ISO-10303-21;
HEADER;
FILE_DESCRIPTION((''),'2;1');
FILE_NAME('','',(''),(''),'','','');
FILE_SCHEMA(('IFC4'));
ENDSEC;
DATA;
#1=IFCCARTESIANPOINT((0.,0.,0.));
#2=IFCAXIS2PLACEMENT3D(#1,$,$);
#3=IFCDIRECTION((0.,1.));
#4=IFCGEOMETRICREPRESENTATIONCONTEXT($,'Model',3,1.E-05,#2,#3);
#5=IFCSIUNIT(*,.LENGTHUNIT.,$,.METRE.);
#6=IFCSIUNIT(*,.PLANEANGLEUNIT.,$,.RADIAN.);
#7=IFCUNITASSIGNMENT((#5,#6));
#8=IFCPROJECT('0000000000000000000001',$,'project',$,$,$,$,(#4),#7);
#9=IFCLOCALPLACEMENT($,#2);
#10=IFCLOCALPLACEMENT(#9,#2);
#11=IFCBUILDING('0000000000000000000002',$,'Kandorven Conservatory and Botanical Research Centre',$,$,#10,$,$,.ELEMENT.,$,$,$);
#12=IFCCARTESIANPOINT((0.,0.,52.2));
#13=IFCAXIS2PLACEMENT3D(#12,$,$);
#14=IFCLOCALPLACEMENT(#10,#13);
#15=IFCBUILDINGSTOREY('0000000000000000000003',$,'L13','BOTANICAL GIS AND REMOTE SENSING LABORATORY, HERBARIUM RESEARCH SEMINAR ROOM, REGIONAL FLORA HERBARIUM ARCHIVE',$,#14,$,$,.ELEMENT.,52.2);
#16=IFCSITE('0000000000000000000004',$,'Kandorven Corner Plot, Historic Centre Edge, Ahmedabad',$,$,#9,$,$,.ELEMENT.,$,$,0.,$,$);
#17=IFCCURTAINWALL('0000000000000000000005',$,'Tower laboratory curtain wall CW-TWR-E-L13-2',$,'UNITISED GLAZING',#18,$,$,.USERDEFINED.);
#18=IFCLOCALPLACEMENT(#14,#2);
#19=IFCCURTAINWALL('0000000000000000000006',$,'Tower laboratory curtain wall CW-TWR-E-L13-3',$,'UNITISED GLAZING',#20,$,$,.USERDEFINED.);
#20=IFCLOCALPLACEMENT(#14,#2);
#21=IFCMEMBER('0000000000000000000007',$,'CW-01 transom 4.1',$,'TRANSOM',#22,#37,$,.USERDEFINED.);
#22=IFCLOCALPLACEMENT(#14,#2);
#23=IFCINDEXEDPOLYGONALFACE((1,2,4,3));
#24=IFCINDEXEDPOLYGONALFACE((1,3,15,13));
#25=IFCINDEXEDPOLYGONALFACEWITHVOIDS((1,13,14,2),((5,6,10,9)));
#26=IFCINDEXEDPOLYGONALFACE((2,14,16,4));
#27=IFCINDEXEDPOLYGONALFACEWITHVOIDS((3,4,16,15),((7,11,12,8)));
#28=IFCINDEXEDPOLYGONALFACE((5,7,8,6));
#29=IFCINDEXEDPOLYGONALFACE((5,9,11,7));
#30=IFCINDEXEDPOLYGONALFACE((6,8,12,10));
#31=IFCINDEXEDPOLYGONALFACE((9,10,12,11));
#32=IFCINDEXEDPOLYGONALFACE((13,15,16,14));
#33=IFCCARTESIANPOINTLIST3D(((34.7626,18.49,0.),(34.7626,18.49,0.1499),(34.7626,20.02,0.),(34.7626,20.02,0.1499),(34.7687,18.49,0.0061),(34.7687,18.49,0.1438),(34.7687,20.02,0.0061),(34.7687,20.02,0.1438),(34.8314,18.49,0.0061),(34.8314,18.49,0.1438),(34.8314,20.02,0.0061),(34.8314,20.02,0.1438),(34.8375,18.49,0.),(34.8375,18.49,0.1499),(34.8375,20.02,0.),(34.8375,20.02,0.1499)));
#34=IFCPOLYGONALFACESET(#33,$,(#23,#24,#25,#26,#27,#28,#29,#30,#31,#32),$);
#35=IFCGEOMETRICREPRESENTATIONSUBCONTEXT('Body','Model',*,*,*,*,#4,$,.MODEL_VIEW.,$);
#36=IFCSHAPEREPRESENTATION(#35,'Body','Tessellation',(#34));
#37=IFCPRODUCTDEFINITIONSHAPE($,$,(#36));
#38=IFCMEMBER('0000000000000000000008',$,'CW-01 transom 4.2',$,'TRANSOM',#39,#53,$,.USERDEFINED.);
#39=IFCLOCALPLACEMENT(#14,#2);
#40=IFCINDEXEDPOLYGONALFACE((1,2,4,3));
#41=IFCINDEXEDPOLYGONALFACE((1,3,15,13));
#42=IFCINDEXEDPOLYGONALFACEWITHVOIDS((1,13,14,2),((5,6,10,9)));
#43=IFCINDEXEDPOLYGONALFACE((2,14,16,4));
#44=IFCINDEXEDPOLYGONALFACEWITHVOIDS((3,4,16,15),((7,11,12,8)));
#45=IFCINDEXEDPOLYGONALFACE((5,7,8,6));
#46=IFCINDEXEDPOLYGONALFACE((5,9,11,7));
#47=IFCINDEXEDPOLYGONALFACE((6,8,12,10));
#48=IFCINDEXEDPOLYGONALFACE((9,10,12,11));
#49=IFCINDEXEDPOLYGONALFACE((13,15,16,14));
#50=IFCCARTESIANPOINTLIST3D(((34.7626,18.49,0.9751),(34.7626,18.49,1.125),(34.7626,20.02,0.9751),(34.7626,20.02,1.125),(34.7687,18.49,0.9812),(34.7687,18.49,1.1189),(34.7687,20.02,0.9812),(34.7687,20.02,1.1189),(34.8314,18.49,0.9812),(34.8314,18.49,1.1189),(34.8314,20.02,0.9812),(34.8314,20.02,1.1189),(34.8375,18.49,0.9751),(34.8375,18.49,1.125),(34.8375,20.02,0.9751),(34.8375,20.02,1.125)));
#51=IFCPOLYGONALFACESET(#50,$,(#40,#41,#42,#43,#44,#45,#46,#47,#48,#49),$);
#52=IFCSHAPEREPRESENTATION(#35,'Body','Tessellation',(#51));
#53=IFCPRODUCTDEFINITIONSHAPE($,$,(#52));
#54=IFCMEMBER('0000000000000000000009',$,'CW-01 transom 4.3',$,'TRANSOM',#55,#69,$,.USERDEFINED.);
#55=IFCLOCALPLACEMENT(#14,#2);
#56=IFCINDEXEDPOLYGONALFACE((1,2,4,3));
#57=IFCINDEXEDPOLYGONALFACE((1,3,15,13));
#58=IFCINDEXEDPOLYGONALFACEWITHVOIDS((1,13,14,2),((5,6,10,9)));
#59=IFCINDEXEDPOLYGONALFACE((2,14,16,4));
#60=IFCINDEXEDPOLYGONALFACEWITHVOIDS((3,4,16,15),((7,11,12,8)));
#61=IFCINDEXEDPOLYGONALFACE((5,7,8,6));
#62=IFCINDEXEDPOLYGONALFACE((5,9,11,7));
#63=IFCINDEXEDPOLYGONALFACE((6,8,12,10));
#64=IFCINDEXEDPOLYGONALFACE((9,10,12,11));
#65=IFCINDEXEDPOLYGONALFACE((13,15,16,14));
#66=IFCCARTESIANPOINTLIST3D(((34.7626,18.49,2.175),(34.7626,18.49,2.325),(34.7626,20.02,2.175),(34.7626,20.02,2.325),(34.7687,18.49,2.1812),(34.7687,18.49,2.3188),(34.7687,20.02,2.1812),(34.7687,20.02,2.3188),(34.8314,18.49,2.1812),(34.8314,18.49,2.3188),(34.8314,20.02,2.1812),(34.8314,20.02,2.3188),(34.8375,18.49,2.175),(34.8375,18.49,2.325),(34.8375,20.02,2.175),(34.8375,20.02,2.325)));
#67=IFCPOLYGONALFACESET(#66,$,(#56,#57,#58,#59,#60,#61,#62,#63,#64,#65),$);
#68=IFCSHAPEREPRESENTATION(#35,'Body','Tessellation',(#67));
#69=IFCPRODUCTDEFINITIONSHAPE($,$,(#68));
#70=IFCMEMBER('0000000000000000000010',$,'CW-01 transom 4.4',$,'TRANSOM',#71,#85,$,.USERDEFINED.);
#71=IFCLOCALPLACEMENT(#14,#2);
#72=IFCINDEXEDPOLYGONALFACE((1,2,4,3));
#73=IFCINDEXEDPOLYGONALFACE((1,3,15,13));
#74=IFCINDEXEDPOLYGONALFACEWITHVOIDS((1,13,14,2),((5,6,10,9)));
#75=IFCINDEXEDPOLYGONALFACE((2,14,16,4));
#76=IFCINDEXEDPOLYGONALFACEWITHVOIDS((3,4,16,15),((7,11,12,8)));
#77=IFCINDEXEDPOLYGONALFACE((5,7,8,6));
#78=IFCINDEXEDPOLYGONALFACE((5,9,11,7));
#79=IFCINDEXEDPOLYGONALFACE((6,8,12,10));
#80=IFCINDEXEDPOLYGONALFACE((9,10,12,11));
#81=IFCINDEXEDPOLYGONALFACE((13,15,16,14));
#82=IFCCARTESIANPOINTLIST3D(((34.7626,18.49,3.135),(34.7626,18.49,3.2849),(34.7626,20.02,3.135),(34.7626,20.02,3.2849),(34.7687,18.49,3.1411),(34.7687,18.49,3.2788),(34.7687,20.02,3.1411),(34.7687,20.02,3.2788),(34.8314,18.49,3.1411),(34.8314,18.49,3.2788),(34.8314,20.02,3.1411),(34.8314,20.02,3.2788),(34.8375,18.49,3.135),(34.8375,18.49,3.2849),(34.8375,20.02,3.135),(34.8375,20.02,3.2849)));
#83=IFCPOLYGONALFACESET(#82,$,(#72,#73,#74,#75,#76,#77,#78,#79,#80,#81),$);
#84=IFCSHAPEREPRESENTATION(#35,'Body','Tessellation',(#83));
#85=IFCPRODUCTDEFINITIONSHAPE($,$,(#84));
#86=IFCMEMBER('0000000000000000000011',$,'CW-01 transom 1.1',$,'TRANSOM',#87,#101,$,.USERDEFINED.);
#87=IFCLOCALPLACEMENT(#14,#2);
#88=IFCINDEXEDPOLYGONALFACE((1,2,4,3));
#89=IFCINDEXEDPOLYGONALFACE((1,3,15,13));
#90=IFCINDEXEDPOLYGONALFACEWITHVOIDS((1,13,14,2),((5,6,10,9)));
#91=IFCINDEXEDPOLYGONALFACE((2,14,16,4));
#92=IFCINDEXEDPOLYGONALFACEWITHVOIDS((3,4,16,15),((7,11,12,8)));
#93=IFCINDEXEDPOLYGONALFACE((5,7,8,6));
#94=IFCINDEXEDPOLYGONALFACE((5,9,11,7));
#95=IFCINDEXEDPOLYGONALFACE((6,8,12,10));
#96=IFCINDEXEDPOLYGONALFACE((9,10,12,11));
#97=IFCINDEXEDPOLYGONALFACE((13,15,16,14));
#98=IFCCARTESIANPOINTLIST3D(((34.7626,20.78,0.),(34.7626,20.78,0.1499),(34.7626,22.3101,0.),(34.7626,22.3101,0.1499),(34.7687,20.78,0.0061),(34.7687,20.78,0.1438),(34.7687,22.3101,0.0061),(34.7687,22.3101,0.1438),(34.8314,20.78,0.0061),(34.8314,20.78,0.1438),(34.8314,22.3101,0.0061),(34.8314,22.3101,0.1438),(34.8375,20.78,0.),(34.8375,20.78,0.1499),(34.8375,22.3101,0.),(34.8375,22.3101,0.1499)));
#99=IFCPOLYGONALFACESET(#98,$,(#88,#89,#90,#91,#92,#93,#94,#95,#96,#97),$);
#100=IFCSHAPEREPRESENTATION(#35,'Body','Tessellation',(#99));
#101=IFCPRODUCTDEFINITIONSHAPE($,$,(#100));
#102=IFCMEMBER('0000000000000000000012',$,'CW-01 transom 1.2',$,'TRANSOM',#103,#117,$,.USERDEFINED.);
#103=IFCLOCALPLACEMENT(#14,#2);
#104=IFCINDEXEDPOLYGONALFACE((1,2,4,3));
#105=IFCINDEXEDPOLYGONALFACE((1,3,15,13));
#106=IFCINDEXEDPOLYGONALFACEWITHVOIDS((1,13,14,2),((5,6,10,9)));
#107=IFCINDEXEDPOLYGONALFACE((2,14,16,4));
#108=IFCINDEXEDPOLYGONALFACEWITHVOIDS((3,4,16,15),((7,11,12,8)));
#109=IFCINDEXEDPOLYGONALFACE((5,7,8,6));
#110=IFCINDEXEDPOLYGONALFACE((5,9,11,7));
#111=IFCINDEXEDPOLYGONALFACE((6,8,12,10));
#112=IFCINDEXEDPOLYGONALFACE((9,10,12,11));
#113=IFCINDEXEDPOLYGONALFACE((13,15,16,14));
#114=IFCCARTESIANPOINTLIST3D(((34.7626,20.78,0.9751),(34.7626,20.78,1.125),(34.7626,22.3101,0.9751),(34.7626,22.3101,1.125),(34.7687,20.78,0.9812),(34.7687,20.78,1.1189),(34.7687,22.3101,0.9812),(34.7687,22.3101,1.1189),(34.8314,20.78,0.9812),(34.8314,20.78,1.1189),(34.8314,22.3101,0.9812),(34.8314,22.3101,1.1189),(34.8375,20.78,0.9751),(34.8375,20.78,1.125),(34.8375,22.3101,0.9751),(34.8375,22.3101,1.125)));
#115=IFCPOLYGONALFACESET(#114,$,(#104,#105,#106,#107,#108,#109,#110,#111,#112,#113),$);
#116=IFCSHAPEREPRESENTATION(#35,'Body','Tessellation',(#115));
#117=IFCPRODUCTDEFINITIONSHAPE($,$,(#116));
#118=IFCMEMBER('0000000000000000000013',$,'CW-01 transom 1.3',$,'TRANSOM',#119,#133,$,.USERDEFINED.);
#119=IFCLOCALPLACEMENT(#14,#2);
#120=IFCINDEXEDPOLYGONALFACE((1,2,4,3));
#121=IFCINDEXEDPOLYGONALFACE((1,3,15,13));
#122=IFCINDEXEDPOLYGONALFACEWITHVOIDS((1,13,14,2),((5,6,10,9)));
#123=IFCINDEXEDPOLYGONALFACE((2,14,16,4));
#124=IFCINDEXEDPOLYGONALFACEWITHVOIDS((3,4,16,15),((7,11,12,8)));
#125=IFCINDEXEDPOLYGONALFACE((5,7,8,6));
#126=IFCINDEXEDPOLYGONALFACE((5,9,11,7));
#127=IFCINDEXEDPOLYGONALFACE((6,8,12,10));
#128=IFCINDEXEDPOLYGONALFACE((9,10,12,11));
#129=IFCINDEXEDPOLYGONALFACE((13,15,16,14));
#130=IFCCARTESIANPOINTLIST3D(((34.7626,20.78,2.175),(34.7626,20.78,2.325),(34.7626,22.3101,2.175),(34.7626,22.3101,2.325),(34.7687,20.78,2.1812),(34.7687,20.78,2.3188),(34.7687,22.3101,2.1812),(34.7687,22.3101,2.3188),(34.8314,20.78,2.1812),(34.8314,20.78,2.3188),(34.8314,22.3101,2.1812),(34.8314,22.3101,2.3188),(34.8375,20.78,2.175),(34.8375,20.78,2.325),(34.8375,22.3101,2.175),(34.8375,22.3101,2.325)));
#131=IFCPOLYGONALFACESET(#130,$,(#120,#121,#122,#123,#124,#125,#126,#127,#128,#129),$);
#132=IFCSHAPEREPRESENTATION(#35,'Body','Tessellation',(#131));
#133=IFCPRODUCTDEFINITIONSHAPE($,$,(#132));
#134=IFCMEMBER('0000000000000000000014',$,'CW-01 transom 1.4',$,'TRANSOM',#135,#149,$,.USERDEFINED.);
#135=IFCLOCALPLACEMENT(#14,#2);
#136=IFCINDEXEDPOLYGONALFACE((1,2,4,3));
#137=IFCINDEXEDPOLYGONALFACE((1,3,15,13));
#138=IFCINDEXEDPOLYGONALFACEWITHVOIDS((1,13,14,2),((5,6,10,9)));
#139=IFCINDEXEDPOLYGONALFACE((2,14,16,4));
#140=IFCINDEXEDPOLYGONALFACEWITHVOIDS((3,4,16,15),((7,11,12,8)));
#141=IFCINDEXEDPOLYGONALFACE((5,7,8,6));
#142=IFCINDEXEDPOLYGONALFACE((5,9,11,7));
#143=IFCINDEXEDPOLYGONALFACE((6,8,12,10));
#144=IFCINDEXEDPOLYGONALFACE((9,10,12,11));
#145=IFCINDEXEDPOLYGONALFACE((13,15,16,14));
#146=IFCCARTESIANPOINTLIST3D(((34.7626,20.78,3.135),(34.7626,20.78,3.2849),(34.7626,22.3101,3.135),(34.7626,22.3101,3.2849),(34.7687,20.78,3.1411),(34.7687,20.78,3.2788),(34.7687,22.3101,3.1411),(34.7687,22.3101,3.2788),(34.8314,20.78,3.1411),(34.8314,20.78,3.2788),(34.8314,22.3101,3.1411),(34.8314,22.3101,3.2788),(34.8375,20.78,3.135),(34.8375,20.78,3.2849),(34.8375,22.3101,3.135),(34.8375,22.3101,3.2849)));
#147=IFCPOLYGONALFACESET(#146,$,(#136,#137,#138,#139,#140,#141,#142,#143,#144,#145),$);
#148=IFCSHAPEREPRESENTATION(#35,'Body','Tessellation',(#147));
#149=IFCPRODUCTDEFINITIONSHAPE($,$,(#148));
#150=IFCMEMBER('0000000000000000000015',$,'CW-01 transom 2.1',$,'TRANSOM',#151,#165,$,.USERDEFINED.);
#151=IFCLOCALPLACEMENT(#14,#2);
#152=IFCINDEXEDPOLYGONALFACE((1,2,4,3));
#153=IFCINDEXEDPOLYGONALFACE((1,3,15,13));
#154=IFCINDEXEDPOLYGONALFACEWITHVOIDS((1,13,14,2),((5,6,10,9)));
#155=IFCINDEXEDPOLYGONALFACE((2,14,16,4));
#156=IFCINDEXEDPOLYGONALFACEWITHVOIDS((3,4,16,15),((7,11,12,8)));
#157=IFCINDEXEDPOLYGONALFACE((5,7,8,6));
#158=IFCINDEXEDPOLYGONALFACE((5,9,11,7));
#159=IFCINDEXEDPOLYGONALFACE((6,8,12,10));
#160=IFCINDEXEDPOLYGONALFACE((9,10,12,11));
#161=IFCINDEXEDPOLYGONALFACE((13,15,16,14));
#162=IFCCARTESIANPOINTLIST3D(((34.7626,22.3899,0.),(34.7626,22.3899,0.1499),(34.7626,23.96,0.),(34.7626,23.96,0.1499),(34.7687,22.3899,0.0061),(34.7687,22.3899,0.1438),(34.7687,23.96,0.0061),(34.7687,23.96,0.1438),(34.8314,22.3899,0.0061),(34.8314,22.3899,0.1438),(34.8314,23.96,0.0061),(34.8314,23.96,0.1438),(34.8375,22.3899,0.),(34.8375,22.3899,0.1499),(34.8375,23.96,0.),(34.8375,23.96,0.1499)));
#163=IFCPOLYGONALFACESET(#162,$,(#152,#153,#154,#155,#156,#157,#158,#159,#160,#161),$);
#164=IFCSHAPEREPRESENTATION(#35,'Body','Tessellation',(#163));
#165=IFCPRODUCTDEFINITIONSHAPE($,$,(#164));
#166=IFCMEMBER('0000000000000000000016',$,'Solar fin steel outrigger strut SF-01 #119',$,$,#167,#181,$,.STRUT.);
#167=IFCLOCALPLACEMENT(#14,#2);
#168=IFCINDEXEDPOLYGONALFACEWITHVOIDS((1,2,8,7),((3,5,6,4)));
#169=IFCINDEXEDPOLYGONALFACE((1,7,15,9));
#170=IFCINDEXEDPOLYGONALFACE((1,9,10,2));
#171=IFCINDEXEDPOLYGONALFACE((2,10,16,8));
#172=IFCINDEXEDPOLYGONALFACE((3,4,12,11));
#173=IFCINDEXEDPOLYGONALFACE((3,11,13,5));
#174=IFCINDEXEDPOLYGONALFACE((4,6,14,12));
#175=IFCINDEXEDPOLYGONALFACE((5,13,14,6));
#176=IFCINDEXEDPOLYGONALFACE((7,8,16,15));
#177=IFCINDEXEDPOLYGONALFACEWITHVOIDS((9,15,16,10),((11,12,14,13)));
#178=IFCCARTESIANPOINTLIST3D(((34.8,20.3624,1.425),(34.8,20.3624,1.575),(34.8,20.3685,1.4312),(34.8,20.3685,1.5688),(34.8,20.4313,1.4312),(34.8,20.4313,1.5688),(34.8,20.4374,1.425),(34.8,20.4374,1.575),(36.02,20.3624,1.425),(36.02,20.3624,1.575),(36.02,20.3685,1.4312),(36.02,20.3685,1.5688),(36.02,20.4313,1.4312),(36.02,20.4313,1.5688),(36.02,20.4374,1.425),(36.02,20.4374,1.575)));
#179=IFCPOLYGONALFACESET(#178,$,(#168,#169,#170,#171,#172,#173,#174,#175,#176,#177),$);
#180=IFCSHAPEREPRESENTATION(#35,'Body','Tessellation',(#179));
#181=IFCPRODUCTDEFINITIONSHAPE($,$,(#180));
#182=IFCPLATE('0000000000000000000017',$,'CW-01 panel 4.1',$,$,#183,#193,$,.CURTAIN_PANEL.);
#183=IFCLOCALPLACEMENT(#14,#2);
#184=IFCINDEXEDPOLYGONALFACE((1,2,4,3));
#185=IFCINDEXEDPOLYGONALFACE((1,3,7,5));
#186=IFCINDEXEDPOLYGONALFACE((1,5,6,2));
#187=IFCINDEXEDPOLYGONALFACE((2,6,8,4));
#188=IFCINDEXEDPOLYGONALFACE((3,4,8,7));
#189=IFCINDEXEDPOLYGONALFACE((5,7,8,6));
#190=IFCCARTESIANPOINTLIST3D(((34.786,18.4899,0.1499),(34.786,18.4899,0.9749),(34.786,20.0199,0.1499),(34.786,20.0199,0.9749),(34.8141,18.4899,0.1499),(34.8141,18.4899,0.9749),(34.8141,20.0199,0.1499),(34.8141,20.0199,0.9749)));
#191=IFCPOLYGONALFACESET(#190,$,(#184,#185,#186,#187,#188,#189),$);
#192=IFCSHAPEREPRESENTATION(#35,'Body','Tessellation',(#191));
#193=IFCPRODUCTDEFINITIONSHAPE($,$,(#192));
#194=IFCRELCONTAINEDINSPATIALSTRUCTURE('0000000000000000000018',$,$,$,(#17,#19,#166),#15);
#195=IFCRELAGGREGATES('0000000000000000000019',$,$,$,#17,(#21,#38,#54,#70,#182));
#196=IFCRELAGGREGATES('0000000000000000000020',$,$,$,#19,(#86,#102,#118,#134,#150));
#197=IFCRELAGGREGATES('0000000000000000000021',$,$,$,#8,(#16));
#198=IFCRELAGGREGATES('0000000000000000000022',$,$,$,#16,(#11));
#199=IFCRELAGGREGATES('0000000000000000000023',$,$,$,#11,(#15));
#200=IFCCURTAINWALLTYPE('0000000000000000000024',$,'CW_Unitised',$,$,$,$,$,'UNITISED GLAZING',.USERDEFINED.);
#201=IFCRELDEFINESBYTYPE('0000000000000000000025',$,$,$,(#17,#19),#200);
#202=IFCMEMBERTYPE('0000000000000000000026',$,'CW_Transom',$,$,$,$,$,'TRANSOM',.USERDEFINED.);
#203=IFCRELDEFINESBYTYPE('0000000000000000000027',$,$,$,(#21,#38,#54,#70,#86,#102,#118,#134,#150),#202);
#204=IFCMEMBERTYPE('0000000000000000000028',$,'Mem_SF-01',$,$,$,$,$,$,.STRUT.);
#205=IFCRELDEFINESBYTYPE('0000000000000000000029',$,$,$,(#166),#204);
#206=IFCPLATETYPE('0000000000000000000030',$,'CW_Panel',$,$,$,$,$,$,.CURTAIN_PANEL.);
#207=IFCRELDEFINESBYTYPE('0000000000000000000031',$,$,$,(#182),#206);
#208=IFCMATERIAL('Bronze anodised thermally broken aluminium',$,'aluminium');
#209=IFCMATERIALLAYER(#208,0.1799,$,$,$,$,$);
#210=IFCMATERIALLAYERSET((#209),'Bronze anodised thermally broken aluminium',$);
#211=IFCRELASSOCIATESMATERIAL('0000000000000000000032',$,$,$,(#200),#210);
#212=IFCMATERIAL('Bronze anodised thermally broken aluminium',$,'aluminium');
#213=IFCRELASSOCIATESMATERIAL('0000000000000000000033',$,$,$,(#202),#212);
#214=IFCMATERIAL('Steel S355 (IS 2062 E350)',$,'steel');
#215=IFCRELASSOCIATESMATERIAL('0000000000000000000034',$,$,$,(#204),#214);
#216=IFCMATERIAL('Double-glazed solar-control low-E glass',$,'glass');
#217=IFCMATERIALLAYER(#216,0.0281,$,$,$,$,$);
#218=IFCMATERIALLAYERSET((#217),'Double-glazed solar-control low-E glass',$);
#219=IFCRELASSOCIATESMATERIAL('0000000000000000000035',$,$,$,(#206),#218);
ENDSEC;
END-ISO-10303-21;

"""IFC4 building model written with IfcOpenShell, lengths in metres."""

from ifc_helpers import new_model, si_unit, direction, frame, origin, origin_2d, place, context, subcontext, project, spatial, rectangle, hollow_rectangle, extrude, material, layer, layer_set, material_profile, profile_set, type_object, element, aggregate, save


model = new_model("IFC4")

# Units and contexts
model_context = context("Model", 3, precision=1e-05, world=origin(), true_north=direction((0.0, 1.0)))
body_context = subcontext(model_context, "Body", "Model", "MODEL_VIEW")
ifc_project = project(units=[si_unit("LENGTHUNIT", "METRE"), si_unit("PLANEANGLEUNIT", "RADIAN")], contexts=[model_context])

# Site, building, storey
site_placement = place(None, origin())
site = spatial("IfcSite", under=ifc_project, at=site_placement, Name="Kandorven Corner Plot, Historic Centre Edge, Ahmedabad", CompositionType="ELEMENT", RefElevation=0.0)
building_placement = place(site_placement, origin())
building = spatial("IfcBuilding", under=site, at=building_placement, Name="Kandorven Conservatory and Botanical Research Centre", CompositionType="ELEMENT")
storey_placement = place(building_placement, frame((0.0, 0.0, 52.2)))
storey = spatial("IfcBuildingStorey", under=building, at=storey_placement, Name="L13", Description="BOTANICAL GIS AND REMOTE SENSING LABORATORY, HERBARIUM RESEARCH SEMINAR ROOM, REGIONAL FLORA HERBARIUM ARCHIVE", CompositionType="ELEMENT", Elevation=52.2)

# Curtain walls
ifc_material_1 = material(Name="Bronze anodised thermally broken aluminium", Category="aluminium")
ifc_layer_1 = layer(ifc_material_1, 0.1799)
ifc_layer_set_1 = layer_set([ifc_layer_1], Name="Bronze anodised thermally broken aluminium")
curtain_wall_type = type_object("IfcCurtainWallType", Name="CW_Unitised", ElementType="UNITISED GLAZING", PredefinedType="USERDEFINED", material=ifc_layer_set_1)
curtain_wall_1_placement = place(storey_placement, origin())
curtain_wall_1 = element("IfcCurtainWall", 1, at=curtain_wall_1_placement, inside=storey, type_object=curtain_wall_type, Name="Tower laboratory curtain wall CW-TWR-E-L13-2", ObjectType="UNITISED GLAZING", PredefinedType="USERDEFINED")
curtain_wall_2_placement = place(storey_placement, origin())
curtain_wall_2 = element("IfcCurtainWall", 2, at=curtain_wall_2_placement, inside=storey, type_object=curtain_wall_type, Name="Tower laboratory curtain wall CW-TWR-E-L13-3", ObjectType="UNITISED GLAZING", PredefinedType="USERDEFINED")

# Members
ifc_material_2 = material(Name="Bronze anodised thermally broken aluminium", Category="aluminium")
ifc_material_profile_1 = material_profile(ifc_material_2, hollow_rectangle(XDim=0.075, YDim=0.1499, WallThickness=0.0061, at=origin_2d()))
ifc_profile_set_1 = profile_set([ifc_material_profile_1], Name="Bronze anodised thermally broken aluminium")
member_type_1 = type_object("IfcMemberType", Name="CW_Transom", ElementType="TRANSOM", PredefinedType="USERDEFINED", material=ifc_profile_set_1)
member_1_placement = place(storey_placement, frame((34.8, 18.49, 0.075), z_axis=(0.0, 1.0, 0.0), x_axis=(-1.0, 0.0, 0.0)))
member_1 = element("IfcMember", 3, at=member_1_placement, type_object=member_type_1, Name="CW-01 transom 4.1", ObjectType="TRANSOM", PredefinedType="USERDEFINED", context=body_context, shape_type="SweptSolid", body=[
    extrude(hollow_rectangle(XDim=0.075, YDim=0.1499, WallThickness=0.0061, at=origin_2d()), origin(), (0.0, 0.0, 1.0), 1.53),
])
member_2_placement = place(storey_placement, frame((34.8, 18.49, 1.05), z_axis=(0.0, 1.0, 0.0), x_axis=(-1.0, 0.0, 0.0)))
member_2 = element("IfcMember", 4, at=member_2_placement, type_object=member_type_1, Name="CW-01 transom 4.2", ObjectType="TRANSOM", PredefinedType="USERDEFINED", context=body_context, shape_type="SweptSolid", body=[
    extrude(hollow_rectangle(XDim=0.075, YDim=0.1499, WallThickness=0.0061, at=origin_2d()), origin(), (0.0, 0.0, 1.0), 1.53),
])
member_3_placement = place(storey_placement, frame((34.8, 18.49, 2.25), z_axis=(0.0, 1.0, 0.0), x_axis=(-1.0, 0.0, 0.0)))
member_3 = element("IfcMember", 5, at=member_3_placement, type_object=member_type_1, Name="CW-01 transom 4.3", ObjectType="TRANSOM", PredefinedType="USERDEFINED", context=body_context, shape_type="SweptSolid", body=[
    extrude(hollow_rectangle(XDim=0.075, YDim=0.1499, WallThickness=0.0061, at=origin_2d()), origin(), (0.0, 0.0, 1.0), 1.53),
])
member_4_placement = place(storey_placement, frame((34.8, 18.49, 3.21), z_axis=(0.0, 1.0, 0.0), x_axis=(-1.0, 0.0, 0.0)))
member_4 = element("IfcMember", 6, at=member_4_placement, type_object=member_type_1, Name="CW-01 transom 4.4", ObjectType="TRANSOM", PredefinedType="USERDEFINED", context=body_context, shape_type="SweptSolid", body=[
    extrude(hollow_rectangle(XDim=0.075, YDim=0.1499, WallThickness=0.0061, at=origin_2d()), origin(), (0.0, 0.0, 1.0), 1.53),
])
member_5_placement = place(storey_placement, frame((34.8, 20.78, 0.075), z_axis=(0.0, 1.0, 0.0), x_axis=(-1.0, 0.0, 0.0)))
member_5 = element("IfcMember", 7, at=member_5_placement, type_object=member_type_1, Name="CW-01 transom 1.1", ObjectType="TRANSOM", PredefinedType="USERDEFINED", context=body_context, shape_type="SweptSolid", body=[
    extrude(hollow_rectangle(XDim=0.075, YDim=0.1499, WallThickness=0.0061, at=origin_2d()), origin(), (0.0, 0.0, 1.0), 1.53),
])
member_6_placement = place(storey_placement, frame((34.8, 20.78, 1.05), z_axis=(0.0, 1.0, 0.0), x_axis=(-1.0, 0.0, 0.0)))
member_6 = element("IfcMember", 8, at=member_6_placement, type_object=member_type_1, Name="CW-01 transom 1.2", ObjectType="TRANSOM", PredefinedType="USERDEFINED", context=body_context, shape_type="SweptSolid", body=[
    extrude(hollow_rectangle(XDim=0.075, YDim=0.1499, WallThickness=0.0061, at=origin_2d()), origin(), (0.0, 0.0, 1.0), 1.53),
])
member_7_placement = place(storey_placement, frame((34.8, 20.78, 2.25), z_axis=(0.0, 1.0, 0.0), x_axis=(-1.0, 0.0, 0.0)))
member_7 = element("IfcMember", 9, at=member_7_placement, type_object=member_type_1, Name="CW-01 transom 1.3", ObjectType="TRANSOM", PredefinedType="USERDEFINED", context=body_context, shape_type="SweptSolid", body=[
    extrude(hollow_rectangle(XDim=0.075, YDim=0.1499, WallThickness=0.0061, at=origin_2d()), origin(), (0.0, 0.0, 1.0), 1.53),
])
member_8_placement = place(storey_placement, frame((34.8, 20.78, 3.21), z_axis=(0.0, 1.0, 0.0), x_axis=(-1.0, 0.0, 0.0)))
member_8 = element("IfcMember", 10, at=member_8_placement, type_object=member_type_1, Name="CW-01 transom 1.4", ObjectType="TRANSOM", PredefinedType="USERDEFINED", context=body_context, shape_type="SweptSolid", body=[
    extrude(hollow_rectangle(XDim=0.075, YDim=0.1499, WallThickness=0.0061, at=origin_2d()), origin(), (0.0, 0.0, 1.0), 1.53),
])
member_9_placement = place(storey_placement, frame((34.8, 22.3899, 0.075), z_axis=(0.0, 1.0, 0.0), x_axis=(-1.0, 0.0, 0.0)))
member_9 = element("IfcMember", 11, at=member_9_placement, type_object=member_type_1, Name="CW-01 transom 2.1", ObjectType="TRANSOM", PredefinedType="USERDEFINED", context=body_context, shape_type="SweptSolid", body=[
    extrude(hollow_rectangle(XDim=0.075, YDim=0.1499, WallThickness=0.0061, at=origin_2d()), origin(), (0.0, 0.0, 1.0), 1.5701),
])
ifc_material_3 = material(Name="Steel S355 (IS 2062 E350)", Category="steel")
ifc_material_profile_2 = material_profile(ifc_material_3, hollow_rectangle(XDim=0.075, YDim=0.1499, WallThickness=0.0061, at=origin_2d()))
ifc_profile_set_2 = profile_set([ifc_material_profile_2], Name="Steel S355 (IS 2062 E350)")
member_type_2 = type_object("IfcMemberType", Name="Mem_SF-01", PredefinedType="STRUT", material=ifc_profile_set_2)
member_10_placement = place(storey_placement, frame((34.8, 20.3999, 1.5), z_axis=(1.0, 0.0, 0.0), x_axis=(0.0, 1.0, 0.0)))
element("IfcMember", 12, at=member_10_placement, inside=storey, type_object=member_type_2, Name="Solar fin steel outrigger strut SF-01 #119", PredefinedType="STRUT", context=body_context, shape_type="SweptSolid", body=[
    extrude(hollow_rectangle(XDim=0.075, YDim=0.1499, WallThickness=0.0061, at=origin_2d()), origin(), (0.0, 0.0, 1.0), 1.22),
])

# Plate
ifc_material_4 = material(Name="Double-glazed solar-control low-E glass", Category="glass")
ifc_layer_2 = layer(ifc_material_4, 0.0281)
ifc_layer_set_2 = layer_set([ifc_layer_2], Name="Double-glazed solar-control low-E glass")
plate_type_1 = type_object("IfcPlateType", Name="CW_Panel", PredefinedType="CURTAIN_PANEL", material=ifc_layer_set_2)
plate_1_placement = place(storey_placement, frame((34.8, 19.2549, 0.1499), z_axis=(0.0, 0.0, 1.0), x_axis=(0.0, 1.0, 0.0)))
plate_1 = element("IfcPlate", 13, at=plate_1_placement, type_object=plate_type_1, Name="CW-01 panel 4.1", PredefinedType="CURTAIN_PANEL", context=body_context, shape_type="SweptSolid", body=[
    extrude(rectangle(XDim=1.53, YDim=0.0281, at=origin_2d()), origin(), (0.0, 0.0, 1.0), 0.825),
])
aggregate(curtain_wall_1, [member_1, member_2, member_3, member_4, plate_1])
aggregate(curtain_wall_2, [member_5, member_6, member_7, member_8, member_9])

save(model, "model.ifc")
